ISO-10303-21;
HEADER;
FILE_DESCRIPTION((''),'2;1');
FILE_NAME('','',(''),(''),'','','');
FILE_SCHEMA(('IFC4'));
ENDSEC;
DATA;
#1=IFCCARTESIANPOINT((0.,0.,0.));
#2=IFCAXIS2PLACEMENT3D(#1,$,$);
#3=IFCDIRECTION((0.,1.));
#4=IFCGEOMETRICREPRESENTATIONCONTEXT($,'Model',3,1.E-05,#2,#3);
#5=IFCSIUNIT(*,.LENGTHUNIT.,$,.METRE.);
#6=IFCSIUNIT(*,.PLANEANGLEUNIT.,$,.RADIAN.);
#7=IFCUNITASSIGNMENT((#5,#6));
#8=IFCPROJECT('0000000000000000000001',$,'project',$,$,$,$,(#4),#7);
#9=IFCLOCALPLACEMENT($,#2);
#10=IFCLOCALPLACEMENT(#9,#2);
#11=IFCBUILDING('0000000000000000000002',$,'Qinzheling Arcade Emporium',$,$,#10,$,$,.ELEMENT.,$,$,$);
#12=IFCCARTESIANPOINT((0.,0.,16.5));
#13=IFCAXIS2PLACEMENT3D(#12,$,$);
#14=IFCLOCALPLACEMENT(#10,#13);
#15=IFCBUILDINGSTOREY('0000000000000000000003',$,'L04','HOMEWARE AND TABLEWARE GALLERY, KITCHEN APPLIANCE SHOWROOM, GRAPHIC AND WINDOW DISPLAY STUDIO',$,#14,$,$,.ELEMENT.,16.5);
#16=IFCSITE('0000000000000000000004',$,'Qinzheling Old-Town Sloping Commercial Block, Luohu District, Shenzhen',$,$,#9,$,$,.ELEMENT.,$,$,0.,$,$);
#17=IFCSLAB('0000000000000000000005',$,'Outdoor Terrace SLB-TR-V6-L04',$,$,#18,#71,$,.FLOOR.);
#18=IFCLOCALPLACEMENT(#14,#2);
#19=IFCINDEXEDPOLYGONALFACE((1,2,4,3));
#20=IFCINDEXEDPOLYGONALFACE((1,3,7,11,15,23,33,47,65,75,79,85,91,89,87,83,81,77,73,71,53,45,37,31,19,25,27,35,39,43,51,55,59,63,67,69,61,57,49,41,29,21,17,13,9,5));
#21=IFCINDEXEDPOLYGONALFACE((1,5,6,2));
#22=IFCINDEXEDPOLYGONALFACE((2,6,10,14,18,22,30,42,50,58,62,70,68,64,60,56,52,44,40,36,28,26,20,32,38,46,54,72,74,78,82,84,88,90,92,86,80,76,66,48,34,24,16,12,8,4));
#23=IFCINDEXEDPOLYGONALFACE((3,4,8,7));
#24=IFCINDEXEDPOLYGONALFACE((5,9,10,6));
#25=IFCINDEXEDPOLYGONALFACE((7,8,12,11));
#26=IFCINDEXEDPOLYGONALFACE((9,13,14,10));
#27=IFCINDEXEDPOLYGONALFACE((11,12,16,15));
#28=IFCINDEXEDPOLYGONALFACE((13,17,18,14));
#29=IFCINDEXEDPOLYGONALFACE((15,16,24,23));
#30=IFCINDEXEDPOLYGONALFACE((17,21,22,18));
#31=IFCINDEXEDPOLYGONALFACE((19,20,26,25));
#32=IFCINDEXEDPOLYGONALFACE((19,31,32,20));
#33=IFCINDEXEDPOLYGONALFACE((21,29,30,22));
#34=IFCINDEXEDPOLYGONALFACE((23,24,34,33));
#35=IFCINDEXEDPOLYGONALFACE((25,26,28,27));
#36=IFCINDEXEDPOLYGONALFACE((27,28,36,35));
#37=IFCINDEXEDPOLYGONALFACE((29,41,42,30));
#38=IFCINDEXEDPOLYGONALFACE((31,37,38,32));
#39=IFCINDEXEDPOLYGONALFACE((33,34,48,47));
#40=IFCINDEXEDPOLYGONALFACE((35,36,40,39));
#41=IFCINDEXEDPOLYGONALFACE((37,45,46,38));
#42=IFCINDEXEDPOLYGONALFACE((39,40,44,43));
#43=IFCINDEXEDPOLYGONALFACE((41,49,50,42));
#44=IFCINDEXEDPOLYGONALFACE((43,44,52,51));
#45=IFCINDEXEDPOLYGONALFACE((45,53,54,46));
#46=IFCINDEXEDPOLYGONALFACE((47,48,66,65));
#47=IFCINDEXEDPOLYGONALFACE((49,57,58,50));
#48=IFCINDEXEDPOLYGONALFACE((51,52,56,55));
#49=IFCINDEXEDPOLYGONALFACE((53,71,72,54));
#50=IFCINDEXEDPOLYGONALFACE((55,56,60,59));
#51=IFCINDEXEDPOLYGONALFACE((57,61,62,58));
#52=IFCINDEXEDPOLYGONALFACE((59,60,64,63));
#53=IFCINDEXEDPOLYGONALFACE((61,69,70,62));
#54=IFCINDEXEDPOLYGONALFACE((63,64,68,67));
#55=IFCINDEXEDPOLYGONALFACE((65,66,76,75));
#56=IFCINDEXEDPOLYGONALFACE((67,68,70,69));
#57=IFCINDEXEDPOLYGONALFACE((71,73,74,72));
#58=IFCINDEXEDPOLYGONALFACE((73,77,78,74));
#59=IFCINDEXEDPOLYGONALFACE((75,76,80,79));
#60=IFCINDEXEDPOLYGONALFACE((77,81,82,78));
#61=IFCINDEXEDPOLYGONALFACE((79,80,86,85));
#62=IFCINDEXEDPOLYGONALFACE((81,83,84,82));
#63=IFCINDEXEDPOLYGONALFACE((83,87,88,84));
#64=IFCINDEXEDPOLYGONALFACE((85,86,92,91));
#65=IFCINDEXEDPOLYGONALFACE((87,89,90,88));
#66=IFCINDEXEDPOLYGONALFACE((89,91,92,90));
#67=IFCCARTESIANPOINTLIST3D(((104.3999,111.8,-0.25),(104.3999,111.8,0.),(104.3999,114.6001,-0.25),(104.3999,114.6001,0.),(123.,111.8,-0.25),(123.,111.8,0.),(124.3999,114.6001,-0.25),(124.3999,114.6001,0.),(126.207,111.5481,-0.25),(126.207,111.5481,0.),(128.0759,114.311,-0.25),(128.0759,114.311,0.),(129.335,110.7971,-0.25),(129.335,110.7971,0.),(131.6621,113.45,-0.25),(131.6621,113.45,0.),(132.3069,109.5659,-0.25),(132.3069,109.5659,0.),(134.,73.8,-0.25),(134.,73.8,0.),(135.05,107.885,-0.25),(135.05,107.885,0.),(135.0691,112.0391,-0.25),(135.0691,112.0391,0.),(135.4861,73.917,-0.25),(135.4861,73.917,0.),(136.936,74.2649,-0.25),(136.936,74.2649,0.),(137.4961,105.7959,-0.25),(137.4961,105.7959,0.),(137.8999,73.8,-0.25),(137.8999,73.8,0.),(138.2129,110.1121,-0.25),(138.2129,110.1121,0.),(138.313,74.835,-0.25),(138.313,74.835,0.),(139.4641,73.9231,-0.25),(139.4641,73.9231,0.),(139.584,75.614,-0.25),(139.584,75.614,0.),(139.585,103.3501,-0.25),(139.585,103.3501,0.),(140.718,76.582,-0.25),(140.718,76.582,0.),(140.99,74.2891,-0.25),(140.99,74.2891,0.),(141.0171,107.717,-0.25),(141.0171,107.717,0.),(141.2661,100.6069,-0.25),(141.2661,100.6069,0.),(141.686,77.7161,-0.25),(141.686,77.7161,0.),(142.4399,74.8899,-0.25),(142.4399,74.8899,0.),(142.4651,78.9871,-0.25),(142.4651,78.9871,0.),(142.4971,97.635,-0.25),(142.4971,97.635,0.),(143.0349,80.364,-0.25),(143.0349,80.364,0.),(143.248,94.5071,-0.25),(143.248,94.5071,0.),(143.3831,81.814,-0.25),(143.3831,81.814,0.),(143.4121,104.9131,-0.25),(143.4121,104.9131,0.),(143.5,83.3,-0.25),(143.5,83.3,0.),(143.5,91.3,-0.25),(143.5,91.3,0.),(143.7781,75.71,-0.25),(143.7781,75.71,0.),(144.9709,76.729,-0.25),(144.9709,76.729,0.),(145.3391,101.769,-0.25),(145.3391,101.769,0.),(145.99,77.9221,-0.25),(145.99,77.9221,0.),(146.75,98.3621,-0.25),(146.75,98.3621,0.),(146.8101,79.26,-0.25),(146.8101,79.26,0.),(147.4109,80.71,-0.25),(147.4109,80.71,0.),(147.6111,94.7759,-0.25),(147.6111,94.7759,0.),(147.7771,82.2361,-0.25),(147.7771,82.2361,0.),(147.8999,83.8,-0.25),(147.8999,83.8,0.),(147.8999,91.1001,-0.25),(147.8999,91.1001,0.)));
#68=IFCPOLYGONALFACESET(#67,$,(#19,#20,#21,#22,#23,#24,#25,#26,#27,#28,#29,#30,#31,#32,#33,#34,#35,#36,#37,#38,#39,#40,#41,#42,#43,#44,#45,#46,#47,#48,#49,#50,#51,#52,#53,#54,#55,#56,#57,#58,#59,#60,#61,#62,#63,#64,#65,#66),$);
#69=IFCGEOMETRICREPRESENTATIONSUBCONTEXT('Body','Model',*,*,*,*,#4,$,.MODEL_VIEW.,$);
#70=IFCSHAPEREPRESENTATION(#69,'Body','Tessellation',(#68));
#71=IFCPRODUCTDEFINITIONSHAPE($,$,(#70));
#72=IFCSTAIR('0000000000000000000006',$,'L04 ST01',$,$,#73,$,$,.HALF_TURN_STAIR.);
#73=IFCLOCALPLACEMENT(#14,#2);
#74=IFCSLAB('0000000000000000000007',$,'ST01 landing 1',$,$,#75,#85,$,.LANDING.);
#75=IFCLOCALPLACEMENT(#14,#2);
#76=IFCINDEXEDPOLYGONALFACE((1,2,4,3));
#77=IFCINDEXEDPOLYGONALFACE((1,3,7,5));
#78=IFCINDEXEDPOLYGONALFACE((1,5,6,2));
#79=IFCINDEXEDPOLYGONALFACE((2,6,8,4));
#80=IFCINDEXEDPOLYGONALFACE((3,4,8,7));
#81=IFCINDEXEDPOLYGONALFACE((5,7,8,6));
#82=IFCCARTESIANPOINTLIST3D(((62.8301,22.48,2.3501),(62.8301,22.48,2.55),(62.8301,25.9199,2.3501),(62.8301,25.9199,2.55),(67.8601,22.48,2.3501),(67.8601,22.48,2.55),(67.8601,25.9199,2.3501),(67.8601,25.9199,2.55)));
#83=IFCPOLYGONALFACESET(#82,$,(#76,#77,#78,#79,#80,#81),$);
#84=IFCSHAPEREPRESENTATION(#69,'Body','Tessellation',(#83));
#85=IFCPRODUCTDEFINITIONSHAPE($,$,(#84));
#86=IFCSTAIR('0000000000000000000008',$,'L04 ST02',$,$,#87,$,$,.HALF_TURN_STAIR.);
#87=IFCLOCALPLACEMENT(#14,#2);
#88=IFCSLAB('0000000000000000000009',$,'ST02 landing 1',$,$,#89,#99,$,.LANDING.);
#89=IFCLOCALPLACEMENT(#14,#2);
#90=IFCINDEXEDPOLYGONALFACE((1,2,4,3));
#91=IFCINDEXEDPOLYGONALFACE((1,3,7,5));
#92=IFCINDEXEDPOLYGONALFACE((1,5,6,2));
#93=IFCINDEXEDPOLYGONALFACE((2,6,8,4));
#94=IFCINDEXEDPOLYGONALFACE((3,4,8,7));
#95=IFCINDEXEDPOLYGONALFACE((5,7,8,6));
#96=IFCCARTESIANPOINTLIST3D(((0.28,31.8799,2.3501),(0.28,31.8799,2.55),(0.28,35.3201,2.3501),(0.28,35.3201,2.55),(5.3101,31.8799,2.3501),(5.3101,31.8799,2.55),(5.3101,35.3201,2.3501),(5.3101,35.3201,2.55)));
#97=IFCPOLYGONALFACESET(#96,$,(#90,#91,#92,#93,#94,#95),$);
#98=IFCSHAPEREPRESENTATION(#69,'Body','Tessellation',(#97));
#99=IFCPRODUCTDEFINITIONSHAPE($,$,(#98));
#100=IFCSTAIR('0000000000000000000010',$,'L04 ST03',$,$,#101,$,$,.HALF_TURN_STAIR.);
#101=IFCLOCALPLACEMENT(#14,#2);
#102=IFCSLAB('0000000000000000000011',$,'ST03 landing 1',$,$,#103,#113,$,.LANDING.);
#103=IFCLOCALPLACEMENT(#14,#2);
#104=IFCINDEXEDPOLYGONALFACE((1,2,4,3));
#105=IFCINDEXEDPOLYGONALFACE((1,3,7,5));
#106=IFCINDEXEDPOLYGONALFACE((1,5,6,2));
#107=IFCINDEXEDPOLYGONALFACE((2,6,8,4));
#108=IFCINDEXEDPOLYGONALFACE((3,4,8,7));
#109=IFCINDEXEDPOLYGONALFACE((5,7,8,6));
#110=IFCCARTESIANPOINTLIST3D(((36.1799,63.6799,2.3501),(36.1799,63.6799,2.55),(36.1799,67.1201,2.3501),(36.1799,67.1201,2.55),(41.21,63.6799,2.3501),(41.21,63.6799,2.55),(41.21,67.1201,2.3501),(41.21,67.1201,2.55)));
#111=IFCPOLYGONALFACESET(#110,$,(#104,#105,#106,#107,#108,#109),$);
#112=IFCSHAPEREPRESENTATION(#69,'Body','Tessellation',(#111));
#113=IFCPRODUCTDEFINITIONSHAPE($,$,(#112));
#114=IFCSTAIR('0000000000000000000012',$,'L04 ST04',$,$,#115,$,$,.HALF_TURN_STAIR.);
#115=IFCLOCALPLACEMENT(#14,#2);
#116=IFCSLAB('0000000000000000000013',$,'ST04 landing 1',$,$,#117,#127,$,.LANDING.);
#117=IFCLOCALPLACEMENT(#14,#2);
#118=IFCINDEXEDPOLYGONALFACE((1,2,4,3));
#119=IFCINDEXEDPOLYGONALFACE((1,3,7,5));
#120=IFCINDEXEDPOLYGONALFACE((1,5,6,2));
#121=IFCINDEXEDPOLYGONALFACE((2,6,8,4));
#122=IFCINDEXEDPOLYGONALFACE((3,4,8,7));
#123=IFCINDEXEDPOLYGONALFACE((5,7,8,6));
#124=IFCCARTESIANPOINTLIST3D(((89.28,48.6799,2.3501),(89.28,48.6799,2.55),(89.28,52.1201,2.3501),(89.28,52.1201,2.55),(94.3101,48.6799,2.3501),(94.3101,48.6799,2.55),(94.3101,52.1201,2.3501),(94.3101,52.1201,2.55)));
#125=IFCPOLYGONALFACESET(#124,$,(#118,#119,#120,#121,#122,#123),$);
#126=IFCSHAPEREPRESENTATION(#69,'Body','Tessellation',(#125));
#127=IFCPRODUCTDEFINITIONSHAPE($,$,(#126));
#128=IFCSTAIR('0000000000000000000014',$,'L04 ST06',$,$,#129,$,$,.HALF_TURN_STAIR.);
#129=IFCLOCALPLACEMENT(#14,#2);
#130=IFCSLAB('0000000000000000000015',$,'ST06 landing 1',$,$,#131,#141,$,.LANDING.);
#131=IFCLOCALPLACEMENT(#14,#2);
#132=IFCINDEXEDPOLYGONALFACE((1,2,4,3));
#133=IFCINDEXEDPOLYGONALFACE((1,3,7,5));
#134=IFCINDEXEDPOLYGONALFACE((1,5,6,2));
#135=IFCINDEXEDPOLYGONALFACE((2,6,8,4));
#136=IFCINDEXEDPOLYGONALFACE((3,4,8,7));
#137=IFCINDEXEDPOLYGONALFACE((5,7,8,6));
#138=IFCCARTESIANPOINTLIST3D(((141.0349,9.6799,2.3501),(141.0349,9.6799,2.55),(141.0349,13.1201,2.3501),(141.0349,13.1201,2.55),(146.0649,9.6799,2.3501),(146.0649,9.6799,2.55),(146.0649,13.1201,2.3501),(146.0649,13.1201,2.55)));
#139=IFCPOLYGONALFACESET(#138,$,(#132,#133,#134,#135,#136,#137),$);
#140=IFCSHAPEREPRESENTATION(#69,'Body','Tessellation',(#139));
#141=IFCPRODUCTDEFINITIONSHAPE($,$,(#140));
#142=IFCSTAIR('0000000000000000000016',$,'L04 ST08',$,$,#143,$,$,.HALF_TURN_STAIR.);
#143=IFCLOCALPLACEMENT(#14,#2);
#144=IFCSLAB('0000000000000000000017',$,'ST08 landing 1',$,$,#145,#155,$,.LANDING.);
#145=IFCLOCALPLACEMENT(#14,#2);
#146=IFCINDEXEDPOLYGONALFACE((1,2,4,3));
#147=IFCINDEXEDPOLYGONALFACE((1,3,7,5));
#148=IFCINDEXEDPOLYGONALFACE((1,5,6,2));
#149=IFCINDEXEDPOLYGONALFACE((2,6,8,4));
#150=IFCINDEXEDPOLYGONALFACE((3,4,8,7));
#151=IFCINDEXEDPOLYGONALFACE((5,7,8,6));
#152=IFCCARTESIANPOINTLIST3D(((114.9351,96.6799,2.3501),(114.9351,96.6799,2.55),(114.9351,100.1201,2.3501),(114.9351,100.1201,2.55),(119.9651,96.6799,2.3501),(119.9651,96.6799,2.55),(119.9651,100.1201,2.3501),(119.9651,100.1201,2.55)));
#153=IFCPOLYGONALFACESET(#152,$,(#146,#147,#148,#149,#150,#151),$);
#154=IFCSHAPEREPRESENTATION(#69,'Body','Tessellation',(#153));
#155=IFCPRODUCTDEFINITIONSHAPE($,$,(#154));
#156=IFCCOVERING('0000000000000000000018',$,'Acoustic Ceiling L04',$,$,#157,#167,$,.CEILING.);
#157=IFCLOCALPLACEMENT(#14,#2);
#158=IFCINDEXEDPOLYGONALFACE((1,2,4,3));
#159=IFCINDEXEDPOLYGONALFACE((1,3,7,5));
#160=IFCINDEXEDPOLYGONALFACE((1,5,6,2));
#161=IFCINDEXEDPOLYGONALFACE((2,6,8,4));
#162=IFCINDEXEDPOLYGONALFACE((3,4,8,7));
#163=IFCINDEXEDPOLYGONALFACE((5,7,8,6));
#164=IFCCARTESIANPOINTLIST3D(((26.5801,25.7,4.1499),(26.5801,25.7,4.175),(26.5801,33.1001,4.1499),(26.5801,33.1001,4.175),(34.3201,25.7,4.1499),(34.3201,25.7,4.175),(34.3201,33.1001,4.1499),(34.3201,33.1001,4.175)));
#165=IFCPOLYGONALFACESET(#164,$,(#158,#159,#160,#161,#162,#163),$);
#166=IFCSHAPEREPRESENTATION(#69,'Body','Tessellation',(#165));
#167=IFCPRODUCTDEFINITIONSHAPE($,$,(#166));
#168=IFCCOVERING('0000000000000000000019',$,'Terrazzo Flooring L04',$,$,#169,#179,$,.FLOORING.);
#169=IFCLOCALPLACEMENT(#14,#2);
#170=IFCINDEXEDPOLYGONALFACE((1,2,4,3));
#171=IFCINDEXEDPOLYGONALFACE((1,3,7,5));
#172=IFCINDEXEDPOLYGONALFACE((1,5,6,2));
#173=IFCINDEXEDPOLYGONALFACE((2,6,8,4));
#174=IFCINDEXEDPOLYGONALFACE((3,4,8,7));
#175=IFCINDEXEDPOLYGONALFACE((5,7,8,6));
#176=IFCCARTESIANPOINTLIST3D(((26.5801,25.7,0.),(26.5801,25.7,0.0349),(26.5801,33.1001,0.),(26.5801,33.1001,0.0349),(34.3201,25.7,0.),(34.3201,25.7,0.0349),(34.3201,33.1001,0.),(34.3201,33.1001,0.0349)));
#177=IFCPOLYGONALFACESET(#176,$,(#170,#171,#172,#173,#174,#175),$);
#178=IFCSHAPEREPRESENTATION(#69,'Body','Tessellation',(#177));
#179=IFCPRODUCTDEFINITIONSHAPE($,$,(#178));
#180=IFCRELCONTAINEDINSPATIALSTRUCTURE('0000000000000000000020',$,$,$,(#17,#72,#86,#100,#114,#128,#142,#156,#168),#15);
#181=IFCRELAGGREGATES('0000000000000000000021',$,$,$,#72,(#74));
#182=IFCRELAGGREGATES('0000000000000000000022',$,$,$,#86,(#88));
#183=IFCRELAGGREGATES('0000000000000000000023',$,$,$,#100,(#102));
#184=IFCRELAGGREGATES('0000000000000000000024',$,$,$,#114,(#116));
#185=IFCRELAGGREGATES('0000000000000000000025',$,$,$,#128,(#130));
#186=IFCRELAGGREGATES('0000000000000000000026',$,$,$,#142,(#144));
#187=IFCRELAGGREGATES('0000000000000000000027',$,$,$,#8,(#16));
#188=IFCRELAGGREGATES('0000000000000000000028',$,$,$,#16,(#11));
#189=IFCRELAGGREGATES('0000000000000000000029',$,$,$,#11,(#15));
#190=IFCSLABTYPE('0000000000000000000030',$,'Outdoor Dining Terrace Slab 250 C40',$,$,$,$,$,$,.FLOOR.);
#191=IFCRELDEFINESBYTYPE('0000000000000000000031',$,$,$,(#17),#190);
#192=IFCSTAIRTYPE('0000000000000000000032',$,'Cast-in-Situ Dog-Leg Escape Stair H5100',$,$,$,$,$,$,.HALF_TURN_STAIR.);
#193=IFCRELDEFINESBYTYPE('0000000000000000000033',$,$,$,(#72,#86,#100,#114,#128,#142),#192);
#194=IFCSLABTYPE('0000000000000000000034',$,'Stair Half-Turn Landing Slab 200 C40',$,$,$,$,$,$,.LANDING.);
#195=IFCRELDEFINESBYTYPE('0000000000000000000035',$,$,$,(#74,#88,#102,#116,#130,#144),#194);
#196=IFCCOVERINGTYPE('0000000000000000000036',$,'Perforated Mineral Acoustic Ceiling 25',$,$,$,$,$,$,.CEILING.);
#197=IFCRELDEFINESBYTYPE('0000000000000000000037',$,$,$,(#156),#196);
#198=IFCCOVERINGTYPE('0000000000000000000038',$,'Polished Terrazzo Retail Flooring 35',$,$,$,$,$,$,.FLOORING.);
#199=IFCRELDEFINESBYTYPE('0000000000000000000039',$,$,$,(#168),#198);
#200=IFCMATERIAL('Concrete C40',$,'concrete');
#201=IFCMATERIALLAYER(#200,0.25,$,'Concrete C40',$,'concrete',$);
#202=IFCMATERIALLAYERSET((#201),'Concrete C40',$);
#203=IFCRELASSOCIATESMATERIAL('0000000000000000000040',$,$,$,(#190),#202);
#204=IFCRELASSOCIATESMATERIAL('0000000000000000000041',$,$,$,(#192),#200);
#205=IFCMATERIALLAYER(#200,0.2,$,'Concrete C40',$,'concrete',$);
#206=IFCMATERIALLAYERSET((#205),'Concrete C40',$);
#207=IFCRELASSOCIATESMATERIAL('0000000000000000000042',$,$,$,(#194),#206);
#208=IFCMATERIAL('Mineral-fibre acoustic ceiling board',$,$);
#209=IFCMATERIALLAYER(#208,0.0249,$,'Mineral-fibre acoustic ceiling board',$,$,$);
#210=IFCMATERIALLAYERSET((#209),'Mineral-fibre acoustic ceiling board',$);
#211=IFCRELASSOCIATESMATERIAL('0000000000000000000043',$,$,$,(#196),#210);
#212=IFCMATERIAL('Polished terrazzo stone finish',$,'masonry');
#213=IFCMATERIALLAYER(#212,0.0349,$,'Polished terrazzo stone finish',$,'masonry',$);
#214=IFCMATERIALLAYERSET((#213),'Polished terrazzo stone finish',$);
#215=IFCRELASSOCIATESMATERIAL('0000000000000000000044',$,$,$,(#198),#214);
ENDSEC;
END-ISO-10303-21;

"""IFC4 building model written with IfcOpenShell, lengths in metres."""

from ifc_helpers import new_model, si_unit, direction, frame, origin, place, context, subcontext, project, spatial, polyline, outline, extrude, material, layer, layer_set, type_object, element, aggregate, save


model = new_model("IFC4")

# Units and contexts
model_context = context("Model", 3, precision=1e-05, world=origin(), true_north=direction((0.0, 1.0)))
body_context = subcontext(model_context, "Body", "Model", "MODEL_VIEW")
ifc_project = project(units=[si_unit("LENGTHUNIT", "METRE"), si_unit("PLANEANGLEUNIT", "RADIAN")], contexts=[model_context])

# Site, building, storey
site_placement = place(None, origin())
site = spatial("IfcSite", under=ifc_project, at=site_placement, Name="Qinzheling Old-Town Sloping Commercial Block, Luohu District, Shenzhen", CompositionType="ELEMENT", RefElevation=0.0)
building_placement = place(site_placement, origin())
building = spatial("IfcBuilding", under=site, at=building_placement, Name="Qinzheling Arcade Emporium", CompositionType="ELEMENT")
storey_placement = place(building_placement, frame((0.0, 0.0, 16.5)))
storey = spatial("IfcBuildingStorey", under=building, at=storey_placement, Name="L04", Description="HOMEWARE AND TABLEWARE GALLERY, KITCHEN APPLIANCE SHOWROOM, GRAPHIC AND WINDOW DISPLAY STUDIO", CompositionType="ELEMENT", Elevation=16.5)

# Shared definitions
ifc_material_1 = material(Name="Concrete C40", Category="concrete")

# Slab
ifc_layer_1 = layer(ifc_material_1, 0.25, Name="Concrete C40", Category="concrete")
ifc_layer_set_1 = layer_set([ifc_layer_1], Name="Concrete C40")
slab_type_1 = type_object("IfcSlabType", Name="Outdoor Dining Terrace Slab 250 C40", PredefinedType="FLOOR", material=ifc_layer_set_1)
slab_1_placement = place(storey_placement, frame((0.0, 0.0, -0.25)))
element("IfcSlab", 1, at=slab_1_placement, inside=storey, type_object=slab_type_1, Name="Outdoor Terrace SLB-TR-V6-L04", PredefinedType="FLOOR", context=body_context, shape_type="SweptSolid", body=[
    extrude(outline(polyline([(104.3999, 114.6001), (104.3999, 111.8), (123.0, 111.8), (126.207, 111.5481), (129.335, 110.7971), (132.3069, 109.5659), (135.05, 107.885), (137.4961, 105.7959), (139.585, 103.3501), (141.2661, 100.6069), (142.4971, 97.635), (143.248, 94.5071), (143.5, 91.3), (143.5, 83.3), (143.3831, 81.814), (143.0349, 80.364), (142.4651, 78.9871), (141.686, 77.7161), (140.718, 76.582), (139.584, 75.614), (138.313, 74.835), (136.936, 74.2649), (135.4861, 73.917), (134.0, 73.8), (137.8999, 73.8), (139.4641, 73.9231), (140.99, 74.2891), (142.4399, 74.8899), (143.7781, 75.71), (144.9709, 76.729), (145.99, 77.9221), (146.8101, 79.26), (147.4109, 80.71), (147.7771, 82.2361), (147.8999, 83.8), (147.8999, 91.1001), (147.6111, 94.7759), (146.75, 98.3621), (145.3391, 101.769), (143.4121, 104.9131), (141.0171, 107.717), (138.2129, 110.1121), (135.0691, 112.0391), (131.6621, 113.45), (128.0759, 114.311), (124.3999, 114.6001), (104.3999, 114.6001)])), origin(), (0.0, 0.0, 1.0), 0.25),
])

# Stairs, slabs
stair_type = type_object("IfcStairType", Name="Cast-in-Situ Dog-Leg Escape Stair H5100", PredefinedType="HALF_TURN_STAIR", material=ifc_material_1)
stair_1_placement = place(storey_placement, origin())
stair_1 = element("IfcStair", 2, at=stair_1_placement, inside=storey, type_object=stair_type, Name="L04 ST01", PredefinedType="HALF_TURN_STAIR")
ifc_layer_2 = layer(ifc_material_1, 0.2, Name="Concrete C40", Category="concrete")
ifc_layer_set_2 = layer_set([ifc_layer_2], Name="Concrete C40")
slab_type_2 = type_object("IfcSlabType", Name="Stair Half-Turn Landing Slab 200 C40", PredefinedType="LANDING", material=ifc_layer_set_2)
slab_2_placement = place(storey_placement, frame((0.0, 0.0, 2.3501)))
slab_2 = element("IfcSlab", 3, at=slab_2_placement, type_object=slab_type_2, Name="ST01 landing 1", PredefinedType="LANDING", context=body_context, shape_type="SweptSolid", body=[
    extrude(outline(polyline([(62.8301, 25.9199), (67.8601, 25.9199), (67.8601, 22.48), (62.8301, 22.48), (62.8301, 25.9199)])), origin(), (0.0, 0.0, 1.0), 0.2),
])
aggregate(stair_1, [slab_2])
stair_2_placement = place(storey_placement, origin())
stair_2 = element("IfcStair", 4, at=stair_2_placement, inside=storey, type_object=stair_type, Name="L04 ST02", PredefinedType="HALF_TURN_STAIR")
slab_3_placement = place(storey_placement, frame((0.0, 0.0, 2.3501)))
slab_3 = element("IfcSlab", 5, at=slab_3_placement, type_object=slab_type_2, Name="ST02 landing 1", PredefinedType="LANDING", context=body_context, shape_type="SweptSolid", body=[
    extrude(outline(polyline([(0.28, 35.3201), (5.3101, 35.3201), (5.3101, 31.8799), (0.28, 31.8799), (0.28, 35.3201)])), origin(), (0.0, 0.0, 1.0), 0.2),
])
aggregate(stair_2, [slab_3])
stair_3_placement = place(storey_placement, origin())
stair_3 = element("IfcStair", 6, at=stair_3_placement, inside=storey, type_object=stair_type, Name="L04 ST03", PredefinedType="HALF_TURN_STAIR")
slab_4_placement = place(storey_placement, frame((0.0, 0.0, 2.3501)))
slab_4 = element("IfcSlab", 7, at=slab_4_placement, type_object=slab_type_2, Name="ST03 landing 1", PredefinedType="LANDING", context=body_context, shape_type="SweptSolid", body=[
    extrude(outline(polyline([(36.1799, 67.1201), (41.21, 67.1201), (41.21, 63.6799), (36.1799, 63.6799), (36.1799, 67.1201)])), origin(), (0.0, 0.0, 1.0), 0.2),
])
aggregate(stair_3, [slab_4])
stair_4_placement = place(storey_placement, origin())
stair_4 = element("IfcStair", 8, at=stair_4_placement, inside=storey, type_object=stair_type, Name="L04 ST04", PredefinedType="HALF_TURN_STAIR")
slab_5_placement = place(storey_placement, frame((0.0, 0.0, 2.3501)))
slab_5 = element("IfcSlab", 9, at=slab_5_placement, type_object=slab_type_2, Name="ST04 landing 1", PredefinedType="LANDING", context=body_context, shape_type="SweptSolid", body=[
    extrude(outline(polyline([(94.3101, 48.6799), (89.28, 48.6799), (89.28, 52.1201), (94.3101, 52.1201), (94.3101, 48.6799)])), origin(), (0.0, 0.0, 1.0), 0.2),
])
aggregate(stair_4, [slab_5])
stair_5_placement = place(storey_placement, origin())
stair_5 = element("IfcStair", 10, at=stair_5_placement, inside=storey, type_object=stair_type, Name="L04 ST06", PredefinedType="HALF_TURN_STAIR")
slab_6_placement = place(storey_placement, frame((0.0, 0.0, 2.3501)))
slab_6 = element("IfcSlab", 11, at=slab_6_placement, type_object=slab_type_2, Name="ST06 landing 1", PredefinedType="LANDING", context=body_context, shape_type="SweptSolid", body=[
    extrude(outline(polyline([(146.0649, 9.6799), (141.0349, 9.6799), (141.0349, 13.1201), (146.0649, 13.1201), (146.0649, 9.6799)])), origin(), (0.0, 0.0, 1.0), 0.2),
])
aggregate(stair_5, [slab_6])
stair_6_placement = place(storey_placement, origin())
stair_6 = element("IfcStair", 12, at=stair_6_placement, inside=storey, type_object=stair_type, Name="L04 ST08", PredefinedType="HALF_TURN_STAIR")
slab_7_placement = place(storey_placement, frame((0.0, 0.0, 2.3501)))
slab_7 = element("IfcSlab", 13, at=slab_7_placement, type_object=slab_type_2, Name="ST08 landing 1", PredefinedType="LANDING", context=body_context, shape_type="SweptSolid", body=[
    extrude(outline(polyline([(114.9351, 100.1201), (119.9651, 100.1201), (119.9651, 96.6799), (114.9351, 96.6799), (114.9351, 100.1201)])), origin(), (0.0, 0.0, 1.0), 0.2),
])
aggregate(stair_6, [slab_7])

# Coverings
ifc_material_2 = material(Name="Mineral-fibre acoustic ceiling board")
ifc_layer_3 = layer(ifc_material_2, 0.0249, Name="Mineral-fibre acoustic ceiling board")
ifc_layer_set_3 = layer_set([ifc_layer_3], Name="Mineral-fibre acoustic ceiling board")
covering_type_1 = type_object("IfcCoveringType", Name="Perforated Mineral Acoustic Ceiling 25", PredefinedType="CEILING", material=ifc_layer_set_3)
covering_1_placement = place(storey_placement, frame((0.0, 0.0, 4.1499)))
element("IfcCovering", 14, at=covering_1_placement, inside=storey, type_object=covering_type_1, Name="Acoustic Ceiling L04", PredefinedType="CEILING", context=body_context, shape_type="SweptSolid", body=[
    extrude(outline(polyline([(26.5801, 25.7), (34.3201, 25.7), (34.3201, 33.1001), (26.5801, 33.1001), (26.5801, 25.7)])), origin(), (0.0, 0.0, 1.0), 0.0251),
])
ifc_material_3 = material(Name="Polished terrazzo stone finish", Category="masonry")
ifc_layer_4 = layer(ifc_material_3, 0.0349, Name="Polished terrazzo stone finish", Category="masonry")
ifc_layer_set_4 = layer_set([ifc_layer_4], Name="Polished terrazzo stone finish")
covering_type_2 = type_object("IfcCoveringType", Name="Polished Terrazzo Retail Flooring 35", PredefinedType="FLOORING", material=ifc_layer_set_4)
covering_2_placement = place(storey_placement, origin())
element("IfcCovering", 15, at=covering_2_placement, inside=storey, type_object=covering_type_2, Name="Terrazzo Flooring L04", PredefinedType="FLOORING", context=body_context, shape_type="SweptSolid", body=[
    extrude(outline(polyline([(26.5801, 25.7), (34.3201, 25.7), (34.3201, 33.1001), (26.5801, 33.1001), (26.5801, 25.7)])), origin(), (0.0, 0.0, 1.0), 0.0349),
])

save(model, "model.ifc")
